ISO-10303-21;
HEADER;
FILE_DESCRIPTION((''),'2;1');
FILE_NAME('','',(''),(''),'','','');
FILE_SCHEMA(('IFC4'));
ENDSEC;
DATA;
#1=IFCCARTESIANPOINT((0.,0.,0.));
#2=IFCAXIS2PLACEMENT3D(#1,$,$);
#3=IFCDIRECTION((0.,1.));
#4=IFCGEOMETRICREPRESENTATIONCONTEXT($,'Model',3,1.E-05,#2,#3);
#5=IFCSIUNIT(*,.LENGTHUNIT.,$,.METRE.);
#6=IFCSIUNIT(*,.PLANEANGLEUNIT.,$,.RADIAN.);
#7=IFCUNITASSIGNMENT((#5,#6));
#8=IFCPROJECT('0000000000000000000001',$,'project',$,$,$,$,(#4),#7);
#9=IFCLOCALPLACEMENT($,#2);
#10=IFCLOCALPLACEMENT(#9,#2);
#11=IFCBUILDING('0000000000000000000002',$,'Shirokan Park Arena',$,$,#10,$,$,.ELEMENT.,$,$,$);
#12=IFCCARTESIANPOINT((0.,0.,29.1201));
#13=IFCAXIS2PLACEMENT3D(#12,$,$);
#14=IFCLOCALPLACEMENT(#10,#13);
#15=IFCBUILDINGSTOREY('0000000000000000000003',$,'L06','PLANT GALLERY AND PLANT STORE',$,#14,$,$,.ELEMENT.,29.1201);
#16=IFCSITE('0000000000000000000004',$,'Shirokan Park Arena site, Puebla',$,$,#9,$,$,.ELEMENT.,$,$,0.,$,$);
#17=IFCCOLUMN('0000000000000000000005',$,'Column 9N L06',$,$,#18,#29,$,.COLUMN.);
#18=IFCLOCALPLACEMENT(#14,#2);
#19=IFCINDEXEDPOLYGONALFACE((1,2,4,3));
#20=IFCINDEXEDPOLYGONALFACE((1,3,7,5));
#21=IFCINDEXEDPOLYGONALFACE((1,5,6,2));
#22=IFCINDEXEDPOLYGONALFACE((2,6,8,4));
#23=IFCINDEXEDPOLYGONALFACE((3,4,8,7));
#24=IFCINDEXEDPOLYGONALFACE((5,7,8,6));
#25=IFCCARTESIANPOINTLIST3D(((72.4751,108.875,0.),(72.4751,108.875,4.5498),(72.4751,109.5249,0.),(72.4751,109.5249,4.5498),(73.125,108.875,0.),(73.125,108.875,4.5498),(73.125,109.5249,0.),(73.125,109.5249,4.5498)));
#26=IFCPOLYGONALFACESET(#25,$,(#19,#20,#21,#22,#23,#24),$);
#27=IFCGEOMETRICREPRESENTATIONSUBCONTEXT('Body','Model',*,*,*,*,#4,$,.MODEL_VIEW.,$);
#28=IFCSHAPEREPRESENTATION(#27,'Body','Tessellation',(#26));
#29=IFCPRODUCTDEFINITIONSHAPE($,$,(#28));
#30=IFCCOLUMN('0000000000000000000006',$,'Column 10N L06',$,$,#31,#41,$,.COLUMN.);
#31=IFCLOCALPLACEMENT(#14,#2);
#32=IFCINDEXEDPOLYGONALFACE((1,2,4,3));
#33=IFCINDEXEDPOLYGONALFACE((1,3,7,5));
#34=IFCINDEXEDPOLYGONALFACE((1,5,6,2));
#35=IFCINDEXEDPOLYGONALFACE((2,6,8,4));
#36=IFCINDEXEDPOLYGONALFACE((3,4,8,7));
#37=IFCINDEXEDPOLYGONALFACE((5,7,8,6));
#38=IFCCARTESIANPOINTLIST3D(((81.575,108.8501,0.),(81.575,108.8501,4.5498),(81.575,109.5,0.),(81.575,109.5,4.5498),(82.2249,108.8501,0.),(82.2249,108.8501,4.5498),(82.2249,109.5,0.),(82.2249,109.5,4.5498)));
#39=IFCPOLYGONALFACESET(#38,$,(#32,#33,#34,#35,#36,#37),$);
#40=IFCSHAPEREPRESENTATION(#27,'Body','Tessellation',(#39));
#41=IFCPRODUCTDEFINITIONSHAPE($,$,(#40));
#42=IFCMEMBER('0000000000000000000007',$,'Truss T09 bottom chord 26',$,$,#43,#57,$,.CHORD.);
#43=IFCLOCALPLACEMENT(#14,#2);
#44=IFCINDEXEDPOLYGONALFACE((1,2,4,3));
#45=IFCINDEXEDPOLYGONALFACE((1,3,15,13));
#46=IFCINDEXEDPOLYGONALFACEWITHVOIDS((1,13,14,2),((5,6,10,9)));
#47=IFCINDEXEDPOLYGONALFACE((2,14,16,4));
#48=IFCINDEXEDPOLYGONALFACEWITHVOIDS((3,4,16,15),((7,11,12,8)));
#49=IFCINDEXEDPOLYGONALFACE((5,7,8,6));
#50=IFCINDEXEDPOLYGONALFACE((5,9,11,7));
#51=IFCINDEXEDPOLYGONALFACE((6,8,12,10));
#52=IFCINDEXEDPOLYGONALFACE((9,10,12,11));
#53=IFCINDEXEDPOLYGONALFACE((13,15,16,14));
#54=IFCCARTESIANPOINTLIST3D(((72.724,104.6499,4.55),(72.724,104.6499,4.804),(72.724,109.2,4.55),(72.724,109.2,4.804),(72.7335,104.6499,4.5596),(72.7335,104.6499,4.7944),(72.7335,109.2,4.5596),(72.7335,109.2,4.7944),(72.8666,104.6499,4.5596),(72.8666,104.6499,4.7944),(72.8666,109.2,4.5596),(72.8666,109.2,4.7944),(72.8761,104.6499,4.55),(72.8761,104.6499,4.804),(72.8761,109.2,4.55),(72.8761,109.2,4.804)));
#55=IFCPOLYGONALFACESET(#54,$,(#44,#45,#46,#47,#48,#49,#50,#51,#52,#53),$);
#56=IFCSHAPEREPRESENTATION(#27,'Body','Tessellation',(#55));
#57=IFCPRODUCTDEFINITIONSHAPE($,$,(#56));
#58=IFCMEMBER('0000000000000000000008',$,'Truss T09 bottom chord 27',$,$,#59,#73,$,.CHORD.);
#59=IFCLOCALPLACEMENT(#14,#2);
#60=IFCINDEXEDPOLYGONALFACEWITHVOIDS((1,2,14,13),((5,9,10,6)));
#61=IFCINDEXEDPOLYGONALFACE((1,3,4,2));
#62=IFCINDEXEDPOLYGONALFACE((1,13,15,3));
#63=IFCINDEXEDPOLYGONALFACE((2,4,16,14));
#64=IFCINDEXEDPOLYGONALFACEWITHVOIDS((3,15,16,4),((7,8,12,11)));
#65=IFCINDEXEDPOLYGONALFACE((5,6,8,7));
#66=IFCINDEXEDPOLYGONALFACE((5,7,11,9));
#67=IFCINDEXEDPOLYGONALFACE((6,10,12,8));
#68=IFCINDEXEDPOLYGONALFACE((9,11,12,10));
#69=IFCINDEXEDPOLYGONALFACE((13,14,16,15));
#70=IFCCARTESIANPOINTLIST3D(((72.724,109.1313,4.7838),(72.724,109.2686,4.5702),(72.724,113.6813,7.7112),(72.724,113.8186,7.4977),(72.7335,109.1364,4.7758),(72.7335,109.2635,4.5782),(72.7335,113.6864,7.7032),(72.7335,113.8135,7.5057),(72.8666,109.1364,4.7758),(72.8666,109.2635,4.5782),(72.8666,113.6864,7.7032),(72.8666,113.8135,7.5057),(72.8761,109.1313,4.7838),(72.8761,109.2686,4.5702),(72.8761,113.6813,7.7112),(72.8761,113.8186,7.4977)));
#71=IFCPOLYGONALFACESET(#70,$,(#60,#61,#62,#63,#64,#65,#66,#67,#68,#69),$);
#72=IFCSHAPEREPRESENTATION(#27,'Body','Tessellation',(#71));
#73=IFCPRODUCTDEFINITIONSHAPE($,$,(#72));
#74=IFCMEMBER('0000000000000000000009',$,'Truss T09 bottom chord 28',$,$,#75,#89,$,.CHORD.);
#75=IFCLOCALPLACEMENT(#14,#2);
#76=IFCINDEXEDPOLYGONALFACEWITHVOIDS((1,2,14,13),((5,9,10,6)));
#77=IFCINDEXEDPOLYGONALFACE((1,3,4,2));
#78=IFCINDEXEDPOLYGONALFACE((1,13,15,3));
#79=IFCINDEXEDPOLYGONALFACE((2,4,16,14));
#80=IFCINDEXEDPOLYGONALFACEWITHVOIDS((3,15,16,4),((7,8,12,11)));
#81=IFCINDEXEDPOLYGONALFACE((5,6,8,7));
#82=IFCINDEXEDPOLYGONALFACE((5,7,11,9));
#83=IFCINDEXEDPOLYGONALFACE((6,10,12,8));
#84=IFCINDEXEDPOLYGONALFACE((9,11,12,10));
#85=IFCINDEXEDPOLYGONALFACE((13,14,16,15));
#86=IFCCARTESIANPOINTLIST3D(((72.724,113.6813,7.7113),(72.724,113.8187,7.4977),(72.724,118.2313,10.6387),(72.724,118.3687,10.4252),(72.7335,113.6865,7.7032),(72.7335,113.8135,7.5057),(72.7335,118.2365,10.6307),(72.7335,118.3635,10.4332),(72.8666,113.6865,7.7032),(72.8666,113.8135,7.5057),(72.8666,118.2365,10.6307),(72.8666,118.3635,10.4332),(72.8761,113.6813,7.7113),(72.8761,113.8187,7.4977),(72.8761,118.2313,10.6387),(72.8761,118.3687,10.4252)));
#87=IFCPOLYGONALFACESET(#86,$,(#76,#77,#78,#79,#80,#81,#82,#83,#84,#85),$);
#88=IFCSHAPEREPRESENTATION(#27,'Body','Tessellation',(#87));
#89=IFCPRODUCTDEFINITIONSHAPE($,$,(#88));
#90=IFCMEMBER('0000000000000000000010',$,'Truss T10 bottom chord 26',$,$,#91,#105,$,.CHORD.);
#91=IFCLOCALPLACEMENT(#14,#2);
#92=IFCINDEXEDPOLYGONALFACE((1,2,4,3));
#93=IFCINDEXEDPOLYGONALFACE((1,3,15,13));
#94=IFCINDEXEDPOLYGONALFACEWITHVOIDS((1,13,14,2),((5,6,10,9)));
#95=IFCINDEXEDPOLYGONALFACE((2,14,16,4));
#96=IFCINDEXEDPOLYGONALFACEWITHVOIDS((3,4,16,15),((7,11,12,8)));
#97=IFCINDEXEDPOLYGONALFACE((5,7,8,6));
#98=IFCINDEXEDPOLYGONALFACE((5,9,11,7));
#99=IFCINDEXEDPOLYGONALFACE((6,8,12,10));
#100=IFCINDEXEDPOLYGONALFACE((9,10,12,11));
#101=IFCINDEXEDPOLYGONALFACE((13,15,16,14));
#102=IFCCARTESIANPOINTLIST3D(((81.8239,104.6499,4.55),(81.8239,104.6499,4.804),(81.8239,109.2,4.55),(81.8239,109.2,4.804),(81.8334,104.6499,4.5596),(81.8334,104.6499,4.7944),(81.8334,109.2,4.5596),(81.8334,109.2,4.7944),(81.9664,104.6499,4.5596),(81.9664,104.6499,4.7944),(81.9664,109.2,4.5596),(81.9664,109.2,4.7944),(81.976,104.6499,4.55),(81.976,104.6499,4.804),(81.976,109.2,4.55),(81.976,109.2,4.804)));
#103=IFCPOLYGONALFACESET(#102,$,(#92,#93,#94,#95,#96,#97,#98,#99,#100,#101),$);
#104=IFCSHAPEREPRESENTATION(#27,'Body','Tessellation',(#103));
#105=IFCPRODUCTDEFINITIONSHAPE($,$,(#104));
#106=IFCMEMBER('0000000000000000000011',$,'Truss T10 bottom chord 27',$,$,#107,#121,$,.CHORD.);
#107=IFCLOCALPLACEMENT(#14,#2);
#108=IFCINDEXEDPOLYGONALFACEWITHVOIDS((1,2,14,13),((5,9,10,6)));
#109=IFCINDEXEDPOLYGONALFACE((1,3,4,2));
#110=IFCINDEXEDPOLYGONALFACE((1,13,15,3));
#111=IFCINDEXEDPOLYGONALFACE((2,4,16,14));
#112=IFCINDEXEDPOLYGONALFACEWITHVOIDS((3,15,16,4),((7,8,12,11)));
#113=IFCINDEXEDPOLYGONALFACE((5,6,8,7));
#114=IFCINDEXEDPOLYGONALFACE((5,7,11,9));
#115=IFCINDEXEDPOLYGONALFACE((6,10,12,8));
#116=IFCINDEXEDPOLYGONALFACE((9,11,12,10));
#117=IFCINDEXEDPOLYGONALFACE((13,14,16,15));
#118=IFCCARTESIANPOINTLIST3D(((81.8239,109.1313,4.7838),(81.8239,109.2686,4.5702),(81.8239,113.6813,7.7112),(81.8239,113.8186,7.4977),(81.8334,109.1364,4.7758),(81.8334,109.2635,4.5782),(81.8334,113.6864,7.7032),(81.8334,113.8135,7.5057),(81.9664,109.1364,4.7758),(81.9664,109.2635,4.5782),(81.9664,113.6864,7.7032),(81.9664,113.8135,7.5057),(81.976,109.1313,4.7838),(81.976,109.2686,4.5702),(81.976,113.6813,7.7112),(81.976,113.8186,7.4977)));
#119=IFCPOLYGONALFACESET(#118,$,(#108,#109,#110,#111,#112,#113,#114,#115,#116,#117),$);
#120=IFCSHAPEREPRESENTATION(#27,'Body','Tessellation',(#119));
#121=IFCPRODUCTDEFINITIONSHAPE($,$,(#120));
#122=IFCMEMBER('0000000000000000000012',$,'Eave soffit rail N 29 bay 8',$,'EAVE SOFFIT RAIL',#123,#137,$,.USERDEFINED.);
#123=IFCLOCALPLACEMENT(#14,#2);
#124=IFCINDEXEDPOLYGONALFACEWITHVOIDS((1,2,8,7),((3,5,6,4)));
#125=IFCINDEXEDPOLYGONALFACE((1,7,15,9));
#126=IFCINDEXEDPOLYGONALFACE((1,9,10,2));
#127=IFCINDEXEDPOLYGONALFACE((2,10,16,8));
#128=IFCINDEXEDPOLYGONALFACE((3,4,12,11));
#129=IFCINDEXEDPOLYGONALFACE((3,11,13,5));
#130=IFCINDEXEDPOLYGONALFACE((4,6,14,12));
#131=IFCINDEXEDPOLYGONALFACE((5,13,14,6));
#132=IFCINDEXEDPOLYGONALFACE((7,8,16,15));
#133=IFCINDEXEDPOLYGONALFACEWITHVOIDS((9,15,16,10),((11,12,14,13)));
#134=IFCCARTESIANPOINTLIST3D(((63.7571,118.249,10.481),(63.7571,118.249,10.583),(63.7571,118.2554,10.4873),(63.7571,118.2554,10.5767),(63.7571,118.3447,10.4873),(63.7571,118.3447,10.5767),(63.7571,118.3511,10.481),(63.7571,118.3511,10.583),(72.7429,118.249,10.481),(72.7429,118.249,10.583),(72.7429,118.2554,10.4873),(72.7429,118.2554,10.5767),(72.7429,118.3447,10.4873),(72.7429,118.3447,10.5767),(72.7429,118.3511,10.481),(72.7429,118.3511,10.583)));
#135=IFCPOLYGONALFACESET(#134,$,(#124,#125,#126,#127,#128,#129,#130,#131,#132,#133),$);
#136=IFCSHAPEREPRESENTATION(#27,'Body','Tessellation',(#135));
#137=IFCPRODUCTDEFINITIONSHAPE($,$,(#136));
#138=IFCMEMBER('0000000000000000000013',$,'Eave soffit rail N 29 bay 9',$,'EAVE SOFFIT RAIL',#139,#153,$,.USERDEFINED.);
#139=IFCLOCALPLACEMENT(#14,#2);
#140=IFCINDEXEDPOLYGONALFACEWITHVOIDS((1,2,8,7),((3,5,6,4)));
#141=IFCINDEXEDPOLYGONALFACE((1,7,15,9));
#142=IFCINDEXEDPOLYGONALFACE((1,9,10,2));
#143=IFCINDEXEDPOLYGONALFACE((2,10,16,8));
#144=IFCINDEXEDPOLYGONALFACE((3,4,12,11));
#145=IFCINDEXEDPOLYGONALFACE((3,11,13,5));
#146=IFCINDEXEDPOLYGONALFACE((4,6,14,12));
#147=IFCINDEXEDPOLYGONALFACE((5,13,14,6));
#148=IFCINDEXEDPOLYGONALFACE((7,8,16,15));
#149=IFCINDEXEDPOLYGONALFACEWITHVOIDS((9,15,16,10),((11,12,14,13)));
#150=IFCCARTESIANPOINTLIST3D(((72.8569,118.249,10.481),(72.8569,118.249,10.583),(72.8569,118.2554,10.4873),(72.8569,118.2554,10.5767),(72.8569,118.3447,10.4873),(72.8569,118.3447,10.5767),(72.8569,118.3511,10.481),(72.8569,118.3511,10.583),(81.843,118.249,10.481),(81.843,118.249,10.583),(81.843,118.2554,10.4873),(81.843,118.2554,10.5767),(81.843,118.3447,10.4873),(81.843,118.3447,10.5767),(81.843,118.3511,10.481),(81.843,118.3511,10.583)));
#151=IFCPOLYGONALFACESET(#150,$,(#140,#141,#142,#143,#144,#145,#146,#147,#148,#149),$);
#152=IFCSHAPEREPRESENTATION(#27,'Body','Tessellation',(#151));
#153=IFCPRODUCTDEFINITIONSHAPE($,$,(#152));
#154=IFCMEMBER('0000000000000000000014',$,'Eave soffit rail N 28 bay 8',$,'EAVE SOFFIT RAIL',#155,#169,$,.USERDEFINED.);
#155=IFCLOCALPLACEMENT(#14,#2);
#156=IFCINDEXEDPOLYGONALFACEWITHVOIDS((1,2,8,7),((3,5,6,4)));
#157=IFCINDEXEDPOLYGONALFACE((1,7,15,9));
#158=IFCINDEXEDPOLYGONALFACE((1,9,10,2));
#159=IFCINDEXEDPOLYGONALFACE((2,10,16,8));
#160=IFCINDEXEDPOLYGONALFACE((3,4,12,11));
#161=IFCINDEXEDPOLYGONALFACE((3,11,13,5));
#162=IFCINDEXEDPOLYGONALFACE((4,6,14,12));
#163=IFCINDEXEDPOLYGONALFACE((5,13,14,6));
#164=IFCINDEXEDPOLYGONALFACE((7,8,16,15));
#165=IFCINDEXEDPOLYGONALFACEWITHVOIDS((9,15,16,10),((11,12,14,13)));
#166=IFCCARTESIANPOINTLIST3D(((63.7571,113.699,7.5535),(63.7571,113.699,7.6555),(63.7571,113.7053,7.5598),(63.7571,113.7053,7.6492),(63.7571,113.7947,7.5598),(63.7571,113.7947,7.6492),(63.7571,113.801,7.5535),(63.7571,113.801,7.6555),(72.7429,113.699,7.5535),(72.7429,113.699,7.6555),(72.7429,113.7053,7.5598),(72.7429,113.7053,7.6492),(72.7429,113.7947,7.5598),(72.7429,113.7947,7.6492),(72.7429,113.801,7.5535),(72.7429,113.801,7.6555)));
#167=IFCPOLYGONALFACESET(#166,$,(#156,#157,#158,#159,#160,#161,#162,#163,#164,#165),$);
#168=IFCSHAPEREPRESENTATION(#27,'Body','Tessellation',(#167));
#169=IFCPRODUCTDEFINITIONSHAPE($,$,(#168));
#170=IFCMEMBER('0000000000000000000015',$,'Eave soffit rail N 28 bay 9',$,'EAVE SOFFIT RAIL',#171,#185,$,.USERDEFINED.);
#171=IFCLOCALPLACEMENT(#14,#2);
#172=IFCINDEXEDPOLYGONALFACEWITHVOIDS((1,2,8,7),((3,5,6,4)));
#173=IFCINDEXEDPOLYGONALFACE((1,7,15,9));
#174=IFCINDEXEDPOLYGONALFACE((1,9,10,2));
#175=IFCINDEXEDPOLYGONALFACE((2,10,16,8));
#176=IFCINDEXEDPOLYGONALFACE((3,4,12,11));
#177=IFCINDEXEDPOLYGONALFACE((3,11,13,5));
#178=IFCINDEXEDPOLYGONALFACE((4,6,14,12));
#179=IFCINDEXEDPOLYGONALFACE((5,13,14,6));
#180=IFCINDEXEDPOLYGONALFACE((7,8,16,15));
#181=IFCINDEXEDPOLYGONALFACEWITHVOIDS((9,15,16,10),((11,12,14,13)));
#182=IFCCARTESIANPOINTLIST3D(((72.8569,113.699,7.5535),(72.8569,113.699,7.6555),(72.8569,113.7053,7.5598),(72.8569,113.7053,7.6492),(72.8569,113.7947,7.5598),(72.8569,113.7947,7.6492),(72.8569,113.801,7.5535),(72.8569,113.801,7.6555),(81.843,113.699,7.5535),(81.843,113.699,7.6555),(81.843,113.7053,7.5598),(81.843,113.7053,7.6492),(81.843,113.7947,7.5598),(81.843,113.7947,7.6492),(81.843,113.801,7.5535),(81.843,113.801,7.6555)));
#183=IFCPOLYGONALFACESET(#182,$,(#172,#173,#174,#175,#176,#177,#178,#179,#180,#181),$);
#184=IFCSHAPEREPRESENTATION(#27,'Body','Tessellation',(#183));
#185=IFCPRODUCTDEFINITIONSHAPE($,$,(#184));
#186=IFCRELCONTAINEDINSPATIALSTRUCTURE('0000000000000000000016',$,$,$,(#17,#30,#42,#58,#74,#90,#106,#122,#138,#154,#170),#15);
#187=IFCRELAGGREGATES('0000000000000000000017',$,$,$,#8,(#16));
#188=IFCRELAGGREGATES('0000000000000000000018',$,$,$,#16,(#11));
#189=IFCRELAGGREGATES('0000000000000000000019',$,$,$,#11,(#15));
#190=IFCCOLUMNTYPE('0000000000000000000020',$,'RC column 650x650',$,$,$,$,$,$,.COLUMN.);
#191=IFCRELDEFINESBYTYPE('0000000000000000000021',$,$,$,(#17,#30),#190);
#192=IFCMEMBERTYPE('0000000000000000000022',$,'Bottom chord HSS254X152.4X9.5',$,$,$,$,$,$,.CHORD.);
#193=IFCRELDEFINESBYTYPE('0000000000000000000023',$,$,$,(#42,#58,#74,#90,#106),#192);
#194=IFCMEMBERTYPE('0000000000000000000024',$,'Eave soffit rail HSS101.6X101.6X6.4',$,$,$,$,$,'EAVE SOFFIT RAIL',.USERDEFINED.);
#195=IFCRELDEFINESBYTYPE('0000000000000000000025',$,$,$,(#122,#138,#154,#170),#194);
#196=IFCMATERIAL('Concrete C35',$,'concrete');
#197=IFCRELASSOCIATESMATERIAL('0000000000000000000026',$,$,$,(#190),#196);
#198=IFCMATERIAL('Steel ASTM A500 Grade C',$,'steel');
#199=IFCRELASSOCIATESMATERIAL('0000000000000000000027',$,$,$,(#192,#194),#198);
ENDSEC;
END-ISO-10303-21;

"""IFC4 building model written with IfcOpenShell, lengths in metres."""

from ifc_helpers import new_model, si_unit, direction, frame, origin, origin_2d, place, context, subcontext, project, spatial, rectangle, hollow_rectangle, extrude, material, material_profile, profile_set, type_object, element, save


model = new_model("IFC4")

# Units and contexts
model_context = context("Model", 3, precision=1e-05, world=origin(), true_north=direction((0.0, 1.0)))
body_context = subcontext(model_context, "Body", "Model", "MODEL_VIEW")
ifc_project = project(units=[si_unit("LENGTHUNIT", "METRE"), si_unit("PLANEANGLEUNIT", "RADIAN")], contexts=[model_context])

# Site, building, storey
site_placement = place(None, origin())
site = spatial("IfcSite", under=ifc_project, at=site_placement, Name="Shirokan Park Arena site, Puebla", CompositionType="ELEMENT", RefElevation=0.0)
building_placement = place(site_placement, origin())
building = spatial("IfcBuilding", under=site, at=building_placement, Name="Shirokan Park Arena", CompositionType="ELEMENT")
storey_placement = place(building_placement, frame((0.0, 0.0, 29.1201)))
storey = spatial("IfcBuildingStorey", under=building, at=storey_placement, Name="L06", Description="PLANT GALLERY AND PLANT STORE", CompositionType="ELEMENT", Elevation=29.1201)

# Columns
ifc_material_1 = material(Name="Concrete C35", Category="concrete")
ifc_material_profile_1 = material_profile(ifc_material_1, rectangle(XDim=0.6499, YDim=0.6499, at=origin_2d()), Name="650x650")
ifc_profile_set_1 = profile_set([ifc_material_profile_1], Name="Concrete C35")
column_type = type_object("IfcColumnType", Name="RC column 650x650", PredefinedType="COLUMN", material=ifc_profile_set_1)
for number, where, z_axis, x_axis, name in (
    (1, (72.8, 109.2, 0.0), (0.0, 0.0, 1.0), (1.0, 0.0, 0.0), "Column 9N L06"),
    (2, (81.8999, 109.175, 0.0), (0.0, 0.0, 1.0), (1.0, 0.0, 0.0), "Column 10N L06"),
):
    element("IfcColumn", number, at=place(storey_placement, frame(where, z_axis=z_axis, x_axis=x_axis)), inside=storey, type_object=column_type, Name=name, PredefinedType="COLUMN", context=body_context, shape_type="SweptSolid", body=[
        extrude(rectangle(XDim=0.6499, YDim=0.6499, at=origin_2d()), origin(), (0.0, 0.0, 1.0), 4.5498),
    ])

# Members
ifc_material_2 = material(Name="Steel ASTM A500 Grade C", Category="steel")
ifc_material_profile_2 = material_profile(ifc_material_2, hollow_rectangle(XDim=0.1521, YDim=0.2539, WallThickness=0.0095, at=origin_2d()), Name="HSS254X152.4X9.5")
ifc_profile_set_2 = profile_set([ifc_material_profile_2], Name="Steel ASTM A500 Grade C")
member_type_1 = type_object("IfcMemberType", Name="Bottom chord HSS254X152.4X9.5", PredefinedType="CHORD", material=ifc_profile_set_2)
member_1_placement = place(storey_placement, frame((72.8, 104.6499, 4.677), z_axis=(0.0, 1.0, 0.0), x_axis=(-1.0, 0.0, 0.0)))
element("IfcMember", 3, at=member_1_placement, inside=storey, type_object=member_type_1, Name="Truss T09 bottom chord 26", PredefinedType="CHORD", context=body_context, shape_type="SweptSolid", body=[
    extrude(hollow_rectangle(XDim=0.1521, YDim=0.2539, WallThickness=0.0095, at=origin_2d()), origin(), (0.0, 0.0, 1.0), 4.55),
])
for number, where, z_axis, x_axis, name in (
    (4, (72.8, 109.2, 4.677), (0.0, 0.840972, 0.541079), (-1.0, 0.0, 0.0), "Truss T09 bottom chord 27"),
    (5, (72.8, 113.75, 7.6045), (0.0, 0.840972, 0.541079), (-1.0, 0.0, 0.0), "Truss T09 bottom chord 28"),
):
    element("IfcMember", number, at=place(storey_placement, frame(where, z_axis=z_axis, x_axis=x_axis)), inside=storey, type_object=member_type_1, Name=name, PredefinedType="CHORD", context=body_context, shape_type="SweptSolid", body=[
        extrude(hollow_rectangle(XDim=0.1521, YDim=0.2539, WallThickness=0.0095, at=origin_2d()), origin(), (0.0, 0.0, 1.0), 5.4104),
    ])
member_2_placement = place(storey_placement, frame((81.8999, 104.6499, 4.677), z_axis=(0.0, 1.0, 0.0), x_axis=(-1.0, 0.0, 0.0)))
element("IfcMember", 6, at=member_2_placement, inside=storey, type_object=member_type_1, Name="Truss T10 bottom chord 26", PredefinedType="CHORD", context=body_context, shape_type="SweptSolid", body=[
    extrude(hollow_rectangle(XDim=0.1521, YDim=0.2539, WallThickness=0.0095, at=origin_2d()), origin(), (0.0, 0.0, 1.0), 4.55),
])
member_3_placement = place(storey_placement, frame((81.8999, 109.2, 4.677), z_axis=(0.0, 0.840972, 0.541079), x_axis=(-1.0, 0.0, 0.0)))
element("IfcMember", 7, at=member_3_placement, inside=storey, type_object=member_type_1, Name="Truss T10 bottom chord 27", PredefinedType="CHORD", context=body_context, shape_type="SweptSolid", body=[
    extrude(hollow_rectangle(XDim=0.1521, YDim=0.2539, WallThickness=0.0095, at=origin_2d()), origin(), (0.0, 0.0, 1.0), 5.4104),
])
ifc_material_profile_3 = material_profile(ifc_material_2, hollow_rectangle(XDim=0.1021, YDim=0.1021, WallThickness=0.0063, at=origin_2d()), Name="HSS101.6X101.6X6.4")
ifc_profile_set_3 = profile_set([ifc_material_profile_3], Name="Steel ASTM A500 Grade C")
member_type_2 = type_object("IfcMemberType", Name="Eave soffit rail HSS101.6X101.6X6.4", ElementType="EAVE SOFFIT RAIL", PredefinedType="USERDEFINED", material=ifc_profile_set_3)
member_4_placement = place(storey_placement, frame((63.7571, 118.3, 10.532), z_axis=(1.0, 0.0, 0.0), x_axis=(0.0, 1.0, 0.0)))
element("IfcMember", 8, at=member_4_placement, inside=storey, type_object=member_type_2, Name="Eave soffit rail N 29 bay 8", ObjectType="EAVE SOFFIT RAIL", PredefinedType="USERDEFINED", context=body_context, shape_type="SweptSolid", body=[
    extrude(hollow_rectangle(XDim=0.1021, YDim=0.1021, WallThickness=0.0063, at=origin_2d()), origin(), (0.0, 0.0, 1.0), 8.9858),
])
member_5_placement = place(storey_placement, frame((72.8569, 118.3, 10.532), z_axis=(1.0, 0.0, 0.0), x_axis=(0.0, 1.0, 0.0)))
element("IfcMember", 9, at=member_5_placement, inside=storey, type_object=member_type_2, Name="Eave soffit rail N 29 bay 9", ObjectType="EAVE SOFFIT RAIL", PredefinedType="USERDEFINED", context=body_context, shape_type="SweptSolid", body=[
    extrude(hollow_rectangle(XDim=0.1021, YDim=0.1021, WallThickness=0.0063, at=origin_2d()), origin(), (0.0, 0.0, 1.0), 8.9861),
])
member_6_placement = place(storey_placement, frame((63.7571, 113.75, 7.6045), z_axis=(1.0, 0.0, 0.0), x_axis=(0.0, 1.0, 0.0)))
element("IfcMember", 10, at=member_6_placement, inside=storey, type_object=member_type_2, Name="Eave soffit rail N 28 bay 8", ObjectType="EAVE SOFFIT RAIL", PredefinedType="USERDEFINED", context=body_context, shape_type="SweptSolid", body=[
    extrude(hollow_rectangle(XDim=0.1021, YDim=0.1021, WallThickness=0.0063, at=origin_2d()), origin(), (0.0, 0.0, 1.0), 8.9858),
])
member_7_placement = place(storey_placement, frame((72.8569, 113.75, 7.6045), z_axis=(1.0, 0.0, 0.0), x_axis=(0.0, 1.0, 0.0)))
element("IfcMember", 11, at=member_7_placement, inside=storey, type_object=member_type_2, Name="Eave soffit rail N 28 bay 9", ObjectType="EAVE SOFFIT RAIL", PredefinedType="USERDEFINED", context=body_context, shape_type="SweptSolid", body=[
    extrude(hollow_rectangle(XDim=0.1021, YDim=0.1021, WallThickness=0.0063, at=origin_2d()), origin(), (0.0, 0.0, 1.0), 8.9861),
])

save(model, "model.ifc")
